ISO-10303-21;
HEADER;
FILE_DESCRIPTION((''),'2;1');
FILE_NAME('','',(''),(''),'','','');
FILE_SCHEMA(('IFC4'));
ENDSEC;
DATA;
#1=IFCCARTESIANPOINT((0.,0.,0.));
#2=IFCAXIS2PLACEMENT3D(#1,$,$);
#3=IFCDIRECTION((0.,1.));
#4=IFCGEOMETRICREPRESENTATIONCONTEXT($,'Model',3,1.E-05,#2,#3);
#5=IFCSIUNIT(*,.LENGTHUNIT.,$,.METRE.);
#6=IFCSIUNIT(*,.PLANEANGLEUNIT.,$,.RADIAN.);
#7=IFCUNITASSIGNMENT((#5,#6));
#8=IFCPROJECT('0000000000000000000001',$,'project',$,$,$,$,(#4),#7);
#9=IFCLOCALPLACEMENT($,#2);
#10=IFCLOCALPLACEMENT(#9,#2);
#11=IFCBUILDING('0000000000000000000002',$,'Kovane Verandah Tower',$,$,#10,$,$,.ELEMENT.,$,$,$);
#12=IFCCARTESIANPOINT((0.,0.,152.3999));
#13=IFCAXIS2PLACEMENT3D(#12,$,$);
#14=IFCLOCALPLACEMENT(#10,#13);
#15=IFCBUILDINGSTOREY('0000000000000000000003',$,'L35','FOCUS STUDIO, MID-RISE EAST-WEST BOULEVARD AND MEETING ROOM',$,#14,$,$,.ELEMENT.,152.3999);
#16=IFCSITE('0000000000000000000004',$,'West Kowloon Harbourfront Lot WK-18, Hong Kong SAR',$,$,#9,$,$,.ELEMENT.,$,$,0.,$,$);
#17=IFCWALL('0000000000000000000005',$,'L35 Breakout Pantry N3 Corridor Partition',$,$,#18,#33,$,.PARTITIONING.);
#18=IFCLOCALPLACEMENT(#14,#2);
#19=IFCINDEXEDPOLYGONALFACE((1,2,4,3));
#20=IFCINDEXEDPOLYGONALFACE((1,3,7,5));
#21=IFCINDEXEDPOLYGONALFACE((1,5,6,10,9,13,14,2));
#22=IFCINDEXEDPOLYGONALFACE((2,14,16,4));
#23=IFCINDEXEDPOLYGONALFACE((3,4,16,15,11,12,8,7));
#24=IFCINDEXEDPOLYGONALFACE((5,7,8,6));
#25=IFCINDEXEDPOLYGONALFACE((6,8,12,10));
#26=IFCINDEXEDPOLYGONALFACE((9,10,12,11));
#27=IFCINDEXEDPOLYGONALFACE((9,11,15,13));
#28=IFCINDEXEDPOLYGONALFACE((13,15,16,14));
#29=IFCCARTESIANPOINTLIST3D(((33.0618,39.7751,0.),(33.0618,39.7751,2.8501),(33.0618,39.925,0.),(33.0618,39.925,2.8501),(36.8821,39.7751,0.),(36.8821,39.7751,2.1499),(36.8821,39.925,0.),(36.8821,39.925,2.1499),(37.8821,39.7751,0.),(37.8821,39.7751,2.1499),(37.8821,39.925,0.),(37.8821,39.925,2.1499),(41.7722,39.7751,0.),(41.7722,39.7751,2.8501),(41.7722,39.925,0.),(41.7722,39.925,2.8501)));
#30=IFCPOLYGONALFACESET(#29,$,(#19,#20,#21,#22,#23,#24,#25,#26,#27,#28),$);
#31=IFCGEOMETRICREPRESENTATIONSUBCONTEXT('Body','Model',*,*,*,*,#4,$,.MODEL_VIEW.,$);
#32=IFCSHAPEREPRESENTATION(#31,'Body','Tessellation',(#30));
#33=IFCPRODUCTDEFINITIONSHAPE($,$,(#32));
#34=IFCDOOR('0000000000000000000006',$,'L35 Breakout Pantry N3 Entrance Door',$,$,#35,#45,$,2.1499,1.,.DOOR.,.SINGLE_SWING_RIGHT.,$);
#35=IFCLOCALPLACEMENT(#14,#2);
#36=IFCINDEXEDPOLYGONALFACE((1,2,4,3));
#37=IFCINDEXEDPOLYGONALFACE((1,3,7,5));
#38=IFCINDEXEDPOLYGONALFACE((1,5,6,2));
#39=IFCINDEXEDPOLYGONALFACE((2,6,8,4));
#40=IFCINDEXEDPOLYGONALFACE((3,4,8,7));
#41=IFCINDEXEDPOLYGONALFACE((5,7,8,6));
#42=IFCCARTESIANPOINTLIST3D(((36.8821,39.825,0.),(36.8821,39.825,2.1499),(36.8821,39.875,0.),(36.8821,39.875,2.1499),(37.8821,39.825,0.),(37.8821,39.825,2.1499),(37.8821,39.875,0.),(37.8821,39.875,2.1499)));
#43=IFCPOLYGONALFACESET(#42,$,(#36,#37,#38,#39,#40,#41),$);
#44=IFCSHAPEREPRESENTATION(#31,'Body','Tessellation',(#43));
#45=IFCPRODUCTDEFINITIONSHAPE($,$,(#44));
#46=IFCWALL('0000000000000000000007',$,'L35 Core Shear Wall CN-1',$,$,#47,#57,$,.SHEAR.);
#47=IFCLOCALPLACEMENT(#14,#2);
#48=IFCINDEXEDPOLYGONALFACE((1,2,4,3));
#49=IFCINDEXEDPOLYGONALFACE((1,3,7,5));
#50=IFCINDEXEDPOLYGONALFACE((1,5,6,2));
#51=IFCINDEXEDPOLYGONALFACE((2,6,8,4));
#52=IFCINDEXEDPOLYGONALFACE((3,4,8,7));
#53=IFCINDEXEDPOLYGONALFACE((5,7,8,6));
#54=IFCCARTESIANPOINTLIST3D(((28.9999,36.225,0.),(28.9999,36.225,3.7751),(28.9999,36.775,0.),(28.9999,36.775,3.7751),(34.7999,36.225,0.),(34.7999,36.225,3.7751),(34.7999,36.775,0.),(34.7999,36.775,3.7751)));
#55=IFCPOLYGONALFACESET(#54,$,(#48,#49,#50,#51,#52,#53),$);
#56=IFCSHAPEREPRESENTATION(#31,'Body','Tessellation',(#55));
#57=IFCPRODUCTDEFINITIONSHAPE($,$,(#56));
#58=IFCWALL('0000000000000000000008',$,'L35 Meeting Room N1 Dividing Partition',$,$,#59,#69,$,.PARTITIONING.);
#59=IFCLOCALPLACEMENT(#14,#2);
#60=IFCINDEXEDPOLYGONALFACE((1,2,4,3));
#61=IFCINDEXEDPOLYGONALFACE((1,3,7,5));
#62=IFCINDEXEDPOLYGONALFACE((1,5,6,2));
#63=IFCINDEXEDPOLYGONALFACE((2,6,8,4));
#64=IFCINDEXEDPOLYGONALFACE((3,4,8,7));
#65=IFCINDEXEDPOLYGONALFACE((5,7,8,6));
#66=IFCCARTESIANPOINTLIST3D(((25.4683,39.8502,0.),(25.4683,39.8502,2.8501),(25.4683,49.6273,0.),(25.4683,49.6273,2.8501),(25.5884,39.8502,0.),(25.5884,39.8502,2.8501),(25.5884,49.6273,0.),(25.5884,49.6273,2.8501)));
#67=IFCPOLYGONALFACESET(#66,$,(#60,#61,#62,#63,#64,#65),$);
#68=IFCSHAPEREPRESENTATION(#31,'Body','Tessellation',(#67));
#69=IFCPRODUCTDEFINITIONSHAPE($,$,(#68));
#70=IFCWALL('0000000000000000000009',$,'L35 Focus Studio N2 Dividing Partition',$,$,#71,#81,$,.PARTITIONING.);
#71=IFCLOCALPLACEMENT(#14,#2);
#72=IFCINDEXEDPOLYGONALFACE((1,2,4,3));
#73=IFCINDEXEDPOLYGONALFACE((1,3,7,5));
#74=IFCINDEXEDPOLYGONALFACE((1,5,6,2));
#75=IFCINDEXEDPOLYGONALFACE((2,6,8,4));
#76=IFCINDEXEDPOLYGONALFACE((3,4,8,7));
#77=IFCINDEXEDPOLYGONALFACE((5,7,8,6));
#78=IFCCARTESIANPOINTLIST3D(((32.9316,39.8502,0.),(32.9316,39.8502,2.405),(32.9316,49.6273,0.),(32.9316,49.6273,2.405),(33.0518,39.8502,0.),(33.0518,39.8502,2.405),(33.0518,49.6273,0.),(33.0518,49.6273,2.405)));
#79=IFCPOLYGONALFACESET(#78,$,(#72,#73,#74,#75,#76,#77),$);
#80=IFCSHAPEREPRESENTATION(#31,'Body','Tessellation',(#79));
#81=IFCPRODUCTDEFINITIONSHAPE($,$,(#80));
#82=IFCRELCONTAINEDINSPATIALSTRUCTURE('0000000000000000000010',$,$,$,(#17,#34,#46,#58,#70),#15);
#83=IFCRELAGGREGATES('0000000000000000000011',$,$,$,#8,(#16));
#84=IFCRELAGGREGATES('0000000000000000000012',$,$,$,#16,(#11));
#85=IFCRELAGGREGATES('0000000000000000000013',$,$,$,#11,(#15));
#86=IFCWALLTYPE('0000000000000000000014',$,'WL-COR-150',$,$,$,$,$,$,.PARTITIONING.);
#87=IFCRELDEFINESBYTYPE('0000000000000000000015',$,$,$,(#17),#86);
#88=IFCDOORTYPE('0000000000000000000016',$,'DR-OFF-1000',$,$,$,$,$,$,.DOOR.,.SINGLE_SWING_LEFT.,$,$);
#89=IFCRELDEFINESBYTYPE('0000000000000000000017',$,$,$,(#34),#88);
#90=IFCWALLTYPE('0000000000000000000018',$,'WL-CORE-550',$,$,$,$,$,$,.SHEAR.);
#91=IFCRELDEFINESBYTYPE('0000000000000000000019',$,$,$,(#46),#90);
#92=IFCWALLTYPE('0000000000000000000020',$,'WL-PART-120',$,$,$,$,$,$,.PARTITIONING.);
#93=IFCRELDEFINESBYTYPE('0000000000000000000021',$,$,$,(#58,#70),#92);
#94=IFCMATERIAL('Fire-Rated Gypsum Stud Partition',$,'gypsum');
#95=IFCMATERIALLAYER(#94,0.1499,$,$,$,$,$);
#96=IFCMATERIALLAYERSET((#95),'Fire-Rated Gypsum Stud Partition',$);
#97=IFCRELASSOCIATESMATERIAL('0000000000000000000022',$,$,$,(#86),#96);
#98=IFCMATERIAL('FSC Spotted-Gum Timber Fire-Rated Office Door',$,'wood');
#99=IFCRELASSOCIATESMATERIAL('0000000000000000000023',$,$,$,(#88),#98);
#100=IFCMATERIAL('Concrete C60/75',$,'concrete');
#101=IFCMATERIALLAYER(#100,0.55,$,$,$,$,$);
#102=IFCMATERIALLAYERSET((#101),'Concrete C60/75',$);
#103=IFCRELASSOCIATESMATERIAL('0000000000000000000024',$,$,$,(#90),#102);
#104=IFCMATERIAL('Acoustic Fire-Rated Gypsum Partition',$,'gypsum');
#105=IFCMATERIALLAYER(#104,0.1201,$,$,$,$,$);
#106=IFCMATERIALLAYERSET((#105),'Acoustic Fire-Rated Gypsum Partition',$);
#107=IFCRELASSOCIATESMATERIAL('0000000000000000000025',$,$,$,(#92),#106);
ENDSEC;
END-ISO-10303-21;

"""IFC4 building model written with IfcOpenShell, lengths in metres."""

from ifc_helpers import new_model, si_unit, direction, frame, frame_2d, origin, place, context, subcontext, project, spatial, rectangle, extrude, material, layer, layer_set, type_object, element, fill, save


model = new_model("IFC4")

# Units and contexts
model_context = context("Model", 3, precision=1e-05, world=origin(), true_north=direction((0.0, 1.0)))
body_context = subcontext(model_context, "Body", "Model", "MODEL_VIEW")
ifc_project = project(units=[si_unit("LENGTHUNIT", "METRE"), si_unit("PLANEANGLEUNIT", "RADIAN")], contexts=[model_context])

# Site, building, storey
site_placement = place(None, origin())
site = spatial("IfcSite", under=ifc_project, at=site_placement, Name="West Kowloon Harbourfront Lot WK-18, Hong Kong SAR", CompositionType="ELEMENT", RefElevation=0.0)
building_placement = place(site_placement, origin())
building = spatial("IfcBuilding", under=site, at=building_placement, Name="Kovane Verandah Tower", CompositionType="ELEMENT")
storey_placement = place(building_placement, frame((0.0, 0.0, 152.3999)))
storey = spatial("IfcBuildingStorey", under=building, at=storey_placement, Name="L35", Description="FOCUS STUDIO, MID-RISE EAST-WEST BOULEVARD AND MEETING ROOM", CompositionType="ELEMENT", Elevation=152.3999)

# Shared definitions
ifc_material_1 = material(Name="Concrete C60/75", Category="concrete")

# Wall, opening, door
ifc_material_2 = material(Name="Fire-Rated Gypsum Stud Partition", Category="gypsum")
ifc_layer_1 = layer(ifc_material_2, 0.1499)
ifc_layer_set_1 = layer_set([ifc_layer_1], Name="Fire-Rated Gypsum Stud Partition")
wall_type_1 = type_object("IfcWallType", Name="WL-COR-150", PredefinedType="PARTITIONING", material=ifc_layer_set_1)
ifc_material_3 = material(Name="FSC Spotted-Gum Timber Fire-Rated Office Door", Category="wood")
door_type = type_object("IfcDoorType", Name="DR-OFF-1000", OperationType="SINGLE_SWING_LEFT", PredefinedType="DOOR", material=ifc_material_3)
wall_1_placement = place(storey_placement, frame((33.0618, 39.8501, 0.0), z_axis=(0.0, 0.0, 1.0), x_axis=(1.0, 0.0, 0.0)))
wall_1 = element("IfcWall", 1, at=wall_1_placement, inside=storey, type_object=wall_type_1, Name="L35 Breakout Pantry N3 Corridor Partition", PredefinedType="PARTITIONING", context=body_context, shape_type="SweptSolid", body=[
    extrude(rectangle(XDim=8.7104, YDim=0.1499, at=frame_2d((4.3552, 0.0))), origin(), (0.0, 0.0, 1.0), 2.8501),
])
opening_1_placement = place(wall_1_placement, frame((3.8203, 0.0, 0.0)))
opening_1 = element("IfcOpeningElement", 2, at=opening_1_placement, cuts=wall_1, PredefinedType="OPENING", context=body_context, shape_type="SweptSolid", body=[
    extrude(rectangle(XDim=1.0, YDim=2.1499, at=frame_2d((0.5, 1.075))), frame((0.0, 0.075, 0.0), z_axis=(0.0, -1.0, 0.0), x_axis=(1.0, 0.0, 0.0)), (0.0, 0.0, 1.0), 0.1499),
])
door_1_placement = place(opening_1_placement, origin())
door_1 = element("IfcDoor", 3, at=door_1_placement, inside=storey, type_object=door_type, Name="L35 Breakout Pantry N3 Entrance Door", OperationType="SINGLE_SWING_RIGHT", OverallHeight=2.1499, OverallWidth=1.0, PredefinedType="DOOR", context=body_context, shape_type="SweptSolid", body=[
    extrude(rectangle(XDim=1.0, YDim=2.1499, at=frame_2d((0.5, 1.075))), frame((0.0, 0.0249, 0.0), z_axis=(0.0, -1.0, 0.0), x_axis=(1.0, 0.0, 0.0)), (0.0, 0.0, 1.0), 0.05),
])
fill(opening_1, door_1)

# Walls
ifc_layer_2 = layer(ifc_material_1, 0.55)
ifc_layer_set_2 = layer_set([ifc_layer_2], Name="Concrete C60/75")
wall_type_2 = type_object("IfcWallType", Name="WL-CORE-550", PredefinedType="SHEAR", material=ifc_layer_set_2)
wall_2_placement = place(storey_placement, frame((29.0, 36.5, 0.0), z_axis=(0.0, 0.0, 1.0), x_axis=(1.0, 0.0, 0.0)))
element("IfcWall", 4, at=wall_2_placement, inside=storey, type_object=wall_type_2, Name="L35 Core Shear Wall CN-1", PredefinedType="SHEAR", context=body_context, shape_type="SweptSolid", body=[
    extrude(rectangle(XDim=5.8, YDim=0.55, at=frame_2d((2.8999, 0.0))), origin(), (0.0, 0.0, 1.0), 3.7751),
])
ifc_material_4 = material(Name="Acoustic Fire-Rated Gypsum Partition", Category="gypsum")
ifc_layer_3 = layer(ifc_material_4, 0.1201)
ifc_layer_set_3 = layer_set([ifc_layer_3], Name="Acoustic Fire-Rated Gypsum Partition")
wall_type_3 = type_object("IfcWallType", Name="WL-PART-120", PredefinedType="PARTITIONING", material=ifc_layer_set_3)
wall_3_placement = place(storey_placement, frame((25.5283, 39.8501, 0.0), z_axis=(0.0, 0.0, 1.0), x_axis=(0.0, 1.0, 0.0)))
element("IfcWall", 5, at=wall_3_placement, inside=storey, type_object=wall_type_3, Name="L35 Meeting Room N1 Dividing Partition", PredefinedType="PARTITIONING", context=body_context, shape_type="SweptSolid", body=[
    extrude(rectangle(XDim=9.7771, YDim=0.1201, at=frame_2d((4.8887, 0.0))), origin(), (0.0, 0.0, 1.0), 2.8501),
])
wall_4_placement = place(storey_placement, frame((32.9917, 39.8501, 0.0), z_axis=(0.0, 0.0, 1.0), x_axis=(0.0, 1.0, 0.0)))
element("IfcWall", 6, at=wall_4_placement, inside=storey, type_object=wall_type_3, Name="L35 Focus Studio N2 Dividing Partition", PredefinedType="PARTITIONING", context=body_context, shape_type="SweptSolid", body=[
    extrude(rectangle(XDim=9.7771, YDim=0.1201, at=frame_2d((4.8887, 0.0))), origin(), (0.0, 0.0, 1.0), 2.405),
])

save(model, "model.ifc")
